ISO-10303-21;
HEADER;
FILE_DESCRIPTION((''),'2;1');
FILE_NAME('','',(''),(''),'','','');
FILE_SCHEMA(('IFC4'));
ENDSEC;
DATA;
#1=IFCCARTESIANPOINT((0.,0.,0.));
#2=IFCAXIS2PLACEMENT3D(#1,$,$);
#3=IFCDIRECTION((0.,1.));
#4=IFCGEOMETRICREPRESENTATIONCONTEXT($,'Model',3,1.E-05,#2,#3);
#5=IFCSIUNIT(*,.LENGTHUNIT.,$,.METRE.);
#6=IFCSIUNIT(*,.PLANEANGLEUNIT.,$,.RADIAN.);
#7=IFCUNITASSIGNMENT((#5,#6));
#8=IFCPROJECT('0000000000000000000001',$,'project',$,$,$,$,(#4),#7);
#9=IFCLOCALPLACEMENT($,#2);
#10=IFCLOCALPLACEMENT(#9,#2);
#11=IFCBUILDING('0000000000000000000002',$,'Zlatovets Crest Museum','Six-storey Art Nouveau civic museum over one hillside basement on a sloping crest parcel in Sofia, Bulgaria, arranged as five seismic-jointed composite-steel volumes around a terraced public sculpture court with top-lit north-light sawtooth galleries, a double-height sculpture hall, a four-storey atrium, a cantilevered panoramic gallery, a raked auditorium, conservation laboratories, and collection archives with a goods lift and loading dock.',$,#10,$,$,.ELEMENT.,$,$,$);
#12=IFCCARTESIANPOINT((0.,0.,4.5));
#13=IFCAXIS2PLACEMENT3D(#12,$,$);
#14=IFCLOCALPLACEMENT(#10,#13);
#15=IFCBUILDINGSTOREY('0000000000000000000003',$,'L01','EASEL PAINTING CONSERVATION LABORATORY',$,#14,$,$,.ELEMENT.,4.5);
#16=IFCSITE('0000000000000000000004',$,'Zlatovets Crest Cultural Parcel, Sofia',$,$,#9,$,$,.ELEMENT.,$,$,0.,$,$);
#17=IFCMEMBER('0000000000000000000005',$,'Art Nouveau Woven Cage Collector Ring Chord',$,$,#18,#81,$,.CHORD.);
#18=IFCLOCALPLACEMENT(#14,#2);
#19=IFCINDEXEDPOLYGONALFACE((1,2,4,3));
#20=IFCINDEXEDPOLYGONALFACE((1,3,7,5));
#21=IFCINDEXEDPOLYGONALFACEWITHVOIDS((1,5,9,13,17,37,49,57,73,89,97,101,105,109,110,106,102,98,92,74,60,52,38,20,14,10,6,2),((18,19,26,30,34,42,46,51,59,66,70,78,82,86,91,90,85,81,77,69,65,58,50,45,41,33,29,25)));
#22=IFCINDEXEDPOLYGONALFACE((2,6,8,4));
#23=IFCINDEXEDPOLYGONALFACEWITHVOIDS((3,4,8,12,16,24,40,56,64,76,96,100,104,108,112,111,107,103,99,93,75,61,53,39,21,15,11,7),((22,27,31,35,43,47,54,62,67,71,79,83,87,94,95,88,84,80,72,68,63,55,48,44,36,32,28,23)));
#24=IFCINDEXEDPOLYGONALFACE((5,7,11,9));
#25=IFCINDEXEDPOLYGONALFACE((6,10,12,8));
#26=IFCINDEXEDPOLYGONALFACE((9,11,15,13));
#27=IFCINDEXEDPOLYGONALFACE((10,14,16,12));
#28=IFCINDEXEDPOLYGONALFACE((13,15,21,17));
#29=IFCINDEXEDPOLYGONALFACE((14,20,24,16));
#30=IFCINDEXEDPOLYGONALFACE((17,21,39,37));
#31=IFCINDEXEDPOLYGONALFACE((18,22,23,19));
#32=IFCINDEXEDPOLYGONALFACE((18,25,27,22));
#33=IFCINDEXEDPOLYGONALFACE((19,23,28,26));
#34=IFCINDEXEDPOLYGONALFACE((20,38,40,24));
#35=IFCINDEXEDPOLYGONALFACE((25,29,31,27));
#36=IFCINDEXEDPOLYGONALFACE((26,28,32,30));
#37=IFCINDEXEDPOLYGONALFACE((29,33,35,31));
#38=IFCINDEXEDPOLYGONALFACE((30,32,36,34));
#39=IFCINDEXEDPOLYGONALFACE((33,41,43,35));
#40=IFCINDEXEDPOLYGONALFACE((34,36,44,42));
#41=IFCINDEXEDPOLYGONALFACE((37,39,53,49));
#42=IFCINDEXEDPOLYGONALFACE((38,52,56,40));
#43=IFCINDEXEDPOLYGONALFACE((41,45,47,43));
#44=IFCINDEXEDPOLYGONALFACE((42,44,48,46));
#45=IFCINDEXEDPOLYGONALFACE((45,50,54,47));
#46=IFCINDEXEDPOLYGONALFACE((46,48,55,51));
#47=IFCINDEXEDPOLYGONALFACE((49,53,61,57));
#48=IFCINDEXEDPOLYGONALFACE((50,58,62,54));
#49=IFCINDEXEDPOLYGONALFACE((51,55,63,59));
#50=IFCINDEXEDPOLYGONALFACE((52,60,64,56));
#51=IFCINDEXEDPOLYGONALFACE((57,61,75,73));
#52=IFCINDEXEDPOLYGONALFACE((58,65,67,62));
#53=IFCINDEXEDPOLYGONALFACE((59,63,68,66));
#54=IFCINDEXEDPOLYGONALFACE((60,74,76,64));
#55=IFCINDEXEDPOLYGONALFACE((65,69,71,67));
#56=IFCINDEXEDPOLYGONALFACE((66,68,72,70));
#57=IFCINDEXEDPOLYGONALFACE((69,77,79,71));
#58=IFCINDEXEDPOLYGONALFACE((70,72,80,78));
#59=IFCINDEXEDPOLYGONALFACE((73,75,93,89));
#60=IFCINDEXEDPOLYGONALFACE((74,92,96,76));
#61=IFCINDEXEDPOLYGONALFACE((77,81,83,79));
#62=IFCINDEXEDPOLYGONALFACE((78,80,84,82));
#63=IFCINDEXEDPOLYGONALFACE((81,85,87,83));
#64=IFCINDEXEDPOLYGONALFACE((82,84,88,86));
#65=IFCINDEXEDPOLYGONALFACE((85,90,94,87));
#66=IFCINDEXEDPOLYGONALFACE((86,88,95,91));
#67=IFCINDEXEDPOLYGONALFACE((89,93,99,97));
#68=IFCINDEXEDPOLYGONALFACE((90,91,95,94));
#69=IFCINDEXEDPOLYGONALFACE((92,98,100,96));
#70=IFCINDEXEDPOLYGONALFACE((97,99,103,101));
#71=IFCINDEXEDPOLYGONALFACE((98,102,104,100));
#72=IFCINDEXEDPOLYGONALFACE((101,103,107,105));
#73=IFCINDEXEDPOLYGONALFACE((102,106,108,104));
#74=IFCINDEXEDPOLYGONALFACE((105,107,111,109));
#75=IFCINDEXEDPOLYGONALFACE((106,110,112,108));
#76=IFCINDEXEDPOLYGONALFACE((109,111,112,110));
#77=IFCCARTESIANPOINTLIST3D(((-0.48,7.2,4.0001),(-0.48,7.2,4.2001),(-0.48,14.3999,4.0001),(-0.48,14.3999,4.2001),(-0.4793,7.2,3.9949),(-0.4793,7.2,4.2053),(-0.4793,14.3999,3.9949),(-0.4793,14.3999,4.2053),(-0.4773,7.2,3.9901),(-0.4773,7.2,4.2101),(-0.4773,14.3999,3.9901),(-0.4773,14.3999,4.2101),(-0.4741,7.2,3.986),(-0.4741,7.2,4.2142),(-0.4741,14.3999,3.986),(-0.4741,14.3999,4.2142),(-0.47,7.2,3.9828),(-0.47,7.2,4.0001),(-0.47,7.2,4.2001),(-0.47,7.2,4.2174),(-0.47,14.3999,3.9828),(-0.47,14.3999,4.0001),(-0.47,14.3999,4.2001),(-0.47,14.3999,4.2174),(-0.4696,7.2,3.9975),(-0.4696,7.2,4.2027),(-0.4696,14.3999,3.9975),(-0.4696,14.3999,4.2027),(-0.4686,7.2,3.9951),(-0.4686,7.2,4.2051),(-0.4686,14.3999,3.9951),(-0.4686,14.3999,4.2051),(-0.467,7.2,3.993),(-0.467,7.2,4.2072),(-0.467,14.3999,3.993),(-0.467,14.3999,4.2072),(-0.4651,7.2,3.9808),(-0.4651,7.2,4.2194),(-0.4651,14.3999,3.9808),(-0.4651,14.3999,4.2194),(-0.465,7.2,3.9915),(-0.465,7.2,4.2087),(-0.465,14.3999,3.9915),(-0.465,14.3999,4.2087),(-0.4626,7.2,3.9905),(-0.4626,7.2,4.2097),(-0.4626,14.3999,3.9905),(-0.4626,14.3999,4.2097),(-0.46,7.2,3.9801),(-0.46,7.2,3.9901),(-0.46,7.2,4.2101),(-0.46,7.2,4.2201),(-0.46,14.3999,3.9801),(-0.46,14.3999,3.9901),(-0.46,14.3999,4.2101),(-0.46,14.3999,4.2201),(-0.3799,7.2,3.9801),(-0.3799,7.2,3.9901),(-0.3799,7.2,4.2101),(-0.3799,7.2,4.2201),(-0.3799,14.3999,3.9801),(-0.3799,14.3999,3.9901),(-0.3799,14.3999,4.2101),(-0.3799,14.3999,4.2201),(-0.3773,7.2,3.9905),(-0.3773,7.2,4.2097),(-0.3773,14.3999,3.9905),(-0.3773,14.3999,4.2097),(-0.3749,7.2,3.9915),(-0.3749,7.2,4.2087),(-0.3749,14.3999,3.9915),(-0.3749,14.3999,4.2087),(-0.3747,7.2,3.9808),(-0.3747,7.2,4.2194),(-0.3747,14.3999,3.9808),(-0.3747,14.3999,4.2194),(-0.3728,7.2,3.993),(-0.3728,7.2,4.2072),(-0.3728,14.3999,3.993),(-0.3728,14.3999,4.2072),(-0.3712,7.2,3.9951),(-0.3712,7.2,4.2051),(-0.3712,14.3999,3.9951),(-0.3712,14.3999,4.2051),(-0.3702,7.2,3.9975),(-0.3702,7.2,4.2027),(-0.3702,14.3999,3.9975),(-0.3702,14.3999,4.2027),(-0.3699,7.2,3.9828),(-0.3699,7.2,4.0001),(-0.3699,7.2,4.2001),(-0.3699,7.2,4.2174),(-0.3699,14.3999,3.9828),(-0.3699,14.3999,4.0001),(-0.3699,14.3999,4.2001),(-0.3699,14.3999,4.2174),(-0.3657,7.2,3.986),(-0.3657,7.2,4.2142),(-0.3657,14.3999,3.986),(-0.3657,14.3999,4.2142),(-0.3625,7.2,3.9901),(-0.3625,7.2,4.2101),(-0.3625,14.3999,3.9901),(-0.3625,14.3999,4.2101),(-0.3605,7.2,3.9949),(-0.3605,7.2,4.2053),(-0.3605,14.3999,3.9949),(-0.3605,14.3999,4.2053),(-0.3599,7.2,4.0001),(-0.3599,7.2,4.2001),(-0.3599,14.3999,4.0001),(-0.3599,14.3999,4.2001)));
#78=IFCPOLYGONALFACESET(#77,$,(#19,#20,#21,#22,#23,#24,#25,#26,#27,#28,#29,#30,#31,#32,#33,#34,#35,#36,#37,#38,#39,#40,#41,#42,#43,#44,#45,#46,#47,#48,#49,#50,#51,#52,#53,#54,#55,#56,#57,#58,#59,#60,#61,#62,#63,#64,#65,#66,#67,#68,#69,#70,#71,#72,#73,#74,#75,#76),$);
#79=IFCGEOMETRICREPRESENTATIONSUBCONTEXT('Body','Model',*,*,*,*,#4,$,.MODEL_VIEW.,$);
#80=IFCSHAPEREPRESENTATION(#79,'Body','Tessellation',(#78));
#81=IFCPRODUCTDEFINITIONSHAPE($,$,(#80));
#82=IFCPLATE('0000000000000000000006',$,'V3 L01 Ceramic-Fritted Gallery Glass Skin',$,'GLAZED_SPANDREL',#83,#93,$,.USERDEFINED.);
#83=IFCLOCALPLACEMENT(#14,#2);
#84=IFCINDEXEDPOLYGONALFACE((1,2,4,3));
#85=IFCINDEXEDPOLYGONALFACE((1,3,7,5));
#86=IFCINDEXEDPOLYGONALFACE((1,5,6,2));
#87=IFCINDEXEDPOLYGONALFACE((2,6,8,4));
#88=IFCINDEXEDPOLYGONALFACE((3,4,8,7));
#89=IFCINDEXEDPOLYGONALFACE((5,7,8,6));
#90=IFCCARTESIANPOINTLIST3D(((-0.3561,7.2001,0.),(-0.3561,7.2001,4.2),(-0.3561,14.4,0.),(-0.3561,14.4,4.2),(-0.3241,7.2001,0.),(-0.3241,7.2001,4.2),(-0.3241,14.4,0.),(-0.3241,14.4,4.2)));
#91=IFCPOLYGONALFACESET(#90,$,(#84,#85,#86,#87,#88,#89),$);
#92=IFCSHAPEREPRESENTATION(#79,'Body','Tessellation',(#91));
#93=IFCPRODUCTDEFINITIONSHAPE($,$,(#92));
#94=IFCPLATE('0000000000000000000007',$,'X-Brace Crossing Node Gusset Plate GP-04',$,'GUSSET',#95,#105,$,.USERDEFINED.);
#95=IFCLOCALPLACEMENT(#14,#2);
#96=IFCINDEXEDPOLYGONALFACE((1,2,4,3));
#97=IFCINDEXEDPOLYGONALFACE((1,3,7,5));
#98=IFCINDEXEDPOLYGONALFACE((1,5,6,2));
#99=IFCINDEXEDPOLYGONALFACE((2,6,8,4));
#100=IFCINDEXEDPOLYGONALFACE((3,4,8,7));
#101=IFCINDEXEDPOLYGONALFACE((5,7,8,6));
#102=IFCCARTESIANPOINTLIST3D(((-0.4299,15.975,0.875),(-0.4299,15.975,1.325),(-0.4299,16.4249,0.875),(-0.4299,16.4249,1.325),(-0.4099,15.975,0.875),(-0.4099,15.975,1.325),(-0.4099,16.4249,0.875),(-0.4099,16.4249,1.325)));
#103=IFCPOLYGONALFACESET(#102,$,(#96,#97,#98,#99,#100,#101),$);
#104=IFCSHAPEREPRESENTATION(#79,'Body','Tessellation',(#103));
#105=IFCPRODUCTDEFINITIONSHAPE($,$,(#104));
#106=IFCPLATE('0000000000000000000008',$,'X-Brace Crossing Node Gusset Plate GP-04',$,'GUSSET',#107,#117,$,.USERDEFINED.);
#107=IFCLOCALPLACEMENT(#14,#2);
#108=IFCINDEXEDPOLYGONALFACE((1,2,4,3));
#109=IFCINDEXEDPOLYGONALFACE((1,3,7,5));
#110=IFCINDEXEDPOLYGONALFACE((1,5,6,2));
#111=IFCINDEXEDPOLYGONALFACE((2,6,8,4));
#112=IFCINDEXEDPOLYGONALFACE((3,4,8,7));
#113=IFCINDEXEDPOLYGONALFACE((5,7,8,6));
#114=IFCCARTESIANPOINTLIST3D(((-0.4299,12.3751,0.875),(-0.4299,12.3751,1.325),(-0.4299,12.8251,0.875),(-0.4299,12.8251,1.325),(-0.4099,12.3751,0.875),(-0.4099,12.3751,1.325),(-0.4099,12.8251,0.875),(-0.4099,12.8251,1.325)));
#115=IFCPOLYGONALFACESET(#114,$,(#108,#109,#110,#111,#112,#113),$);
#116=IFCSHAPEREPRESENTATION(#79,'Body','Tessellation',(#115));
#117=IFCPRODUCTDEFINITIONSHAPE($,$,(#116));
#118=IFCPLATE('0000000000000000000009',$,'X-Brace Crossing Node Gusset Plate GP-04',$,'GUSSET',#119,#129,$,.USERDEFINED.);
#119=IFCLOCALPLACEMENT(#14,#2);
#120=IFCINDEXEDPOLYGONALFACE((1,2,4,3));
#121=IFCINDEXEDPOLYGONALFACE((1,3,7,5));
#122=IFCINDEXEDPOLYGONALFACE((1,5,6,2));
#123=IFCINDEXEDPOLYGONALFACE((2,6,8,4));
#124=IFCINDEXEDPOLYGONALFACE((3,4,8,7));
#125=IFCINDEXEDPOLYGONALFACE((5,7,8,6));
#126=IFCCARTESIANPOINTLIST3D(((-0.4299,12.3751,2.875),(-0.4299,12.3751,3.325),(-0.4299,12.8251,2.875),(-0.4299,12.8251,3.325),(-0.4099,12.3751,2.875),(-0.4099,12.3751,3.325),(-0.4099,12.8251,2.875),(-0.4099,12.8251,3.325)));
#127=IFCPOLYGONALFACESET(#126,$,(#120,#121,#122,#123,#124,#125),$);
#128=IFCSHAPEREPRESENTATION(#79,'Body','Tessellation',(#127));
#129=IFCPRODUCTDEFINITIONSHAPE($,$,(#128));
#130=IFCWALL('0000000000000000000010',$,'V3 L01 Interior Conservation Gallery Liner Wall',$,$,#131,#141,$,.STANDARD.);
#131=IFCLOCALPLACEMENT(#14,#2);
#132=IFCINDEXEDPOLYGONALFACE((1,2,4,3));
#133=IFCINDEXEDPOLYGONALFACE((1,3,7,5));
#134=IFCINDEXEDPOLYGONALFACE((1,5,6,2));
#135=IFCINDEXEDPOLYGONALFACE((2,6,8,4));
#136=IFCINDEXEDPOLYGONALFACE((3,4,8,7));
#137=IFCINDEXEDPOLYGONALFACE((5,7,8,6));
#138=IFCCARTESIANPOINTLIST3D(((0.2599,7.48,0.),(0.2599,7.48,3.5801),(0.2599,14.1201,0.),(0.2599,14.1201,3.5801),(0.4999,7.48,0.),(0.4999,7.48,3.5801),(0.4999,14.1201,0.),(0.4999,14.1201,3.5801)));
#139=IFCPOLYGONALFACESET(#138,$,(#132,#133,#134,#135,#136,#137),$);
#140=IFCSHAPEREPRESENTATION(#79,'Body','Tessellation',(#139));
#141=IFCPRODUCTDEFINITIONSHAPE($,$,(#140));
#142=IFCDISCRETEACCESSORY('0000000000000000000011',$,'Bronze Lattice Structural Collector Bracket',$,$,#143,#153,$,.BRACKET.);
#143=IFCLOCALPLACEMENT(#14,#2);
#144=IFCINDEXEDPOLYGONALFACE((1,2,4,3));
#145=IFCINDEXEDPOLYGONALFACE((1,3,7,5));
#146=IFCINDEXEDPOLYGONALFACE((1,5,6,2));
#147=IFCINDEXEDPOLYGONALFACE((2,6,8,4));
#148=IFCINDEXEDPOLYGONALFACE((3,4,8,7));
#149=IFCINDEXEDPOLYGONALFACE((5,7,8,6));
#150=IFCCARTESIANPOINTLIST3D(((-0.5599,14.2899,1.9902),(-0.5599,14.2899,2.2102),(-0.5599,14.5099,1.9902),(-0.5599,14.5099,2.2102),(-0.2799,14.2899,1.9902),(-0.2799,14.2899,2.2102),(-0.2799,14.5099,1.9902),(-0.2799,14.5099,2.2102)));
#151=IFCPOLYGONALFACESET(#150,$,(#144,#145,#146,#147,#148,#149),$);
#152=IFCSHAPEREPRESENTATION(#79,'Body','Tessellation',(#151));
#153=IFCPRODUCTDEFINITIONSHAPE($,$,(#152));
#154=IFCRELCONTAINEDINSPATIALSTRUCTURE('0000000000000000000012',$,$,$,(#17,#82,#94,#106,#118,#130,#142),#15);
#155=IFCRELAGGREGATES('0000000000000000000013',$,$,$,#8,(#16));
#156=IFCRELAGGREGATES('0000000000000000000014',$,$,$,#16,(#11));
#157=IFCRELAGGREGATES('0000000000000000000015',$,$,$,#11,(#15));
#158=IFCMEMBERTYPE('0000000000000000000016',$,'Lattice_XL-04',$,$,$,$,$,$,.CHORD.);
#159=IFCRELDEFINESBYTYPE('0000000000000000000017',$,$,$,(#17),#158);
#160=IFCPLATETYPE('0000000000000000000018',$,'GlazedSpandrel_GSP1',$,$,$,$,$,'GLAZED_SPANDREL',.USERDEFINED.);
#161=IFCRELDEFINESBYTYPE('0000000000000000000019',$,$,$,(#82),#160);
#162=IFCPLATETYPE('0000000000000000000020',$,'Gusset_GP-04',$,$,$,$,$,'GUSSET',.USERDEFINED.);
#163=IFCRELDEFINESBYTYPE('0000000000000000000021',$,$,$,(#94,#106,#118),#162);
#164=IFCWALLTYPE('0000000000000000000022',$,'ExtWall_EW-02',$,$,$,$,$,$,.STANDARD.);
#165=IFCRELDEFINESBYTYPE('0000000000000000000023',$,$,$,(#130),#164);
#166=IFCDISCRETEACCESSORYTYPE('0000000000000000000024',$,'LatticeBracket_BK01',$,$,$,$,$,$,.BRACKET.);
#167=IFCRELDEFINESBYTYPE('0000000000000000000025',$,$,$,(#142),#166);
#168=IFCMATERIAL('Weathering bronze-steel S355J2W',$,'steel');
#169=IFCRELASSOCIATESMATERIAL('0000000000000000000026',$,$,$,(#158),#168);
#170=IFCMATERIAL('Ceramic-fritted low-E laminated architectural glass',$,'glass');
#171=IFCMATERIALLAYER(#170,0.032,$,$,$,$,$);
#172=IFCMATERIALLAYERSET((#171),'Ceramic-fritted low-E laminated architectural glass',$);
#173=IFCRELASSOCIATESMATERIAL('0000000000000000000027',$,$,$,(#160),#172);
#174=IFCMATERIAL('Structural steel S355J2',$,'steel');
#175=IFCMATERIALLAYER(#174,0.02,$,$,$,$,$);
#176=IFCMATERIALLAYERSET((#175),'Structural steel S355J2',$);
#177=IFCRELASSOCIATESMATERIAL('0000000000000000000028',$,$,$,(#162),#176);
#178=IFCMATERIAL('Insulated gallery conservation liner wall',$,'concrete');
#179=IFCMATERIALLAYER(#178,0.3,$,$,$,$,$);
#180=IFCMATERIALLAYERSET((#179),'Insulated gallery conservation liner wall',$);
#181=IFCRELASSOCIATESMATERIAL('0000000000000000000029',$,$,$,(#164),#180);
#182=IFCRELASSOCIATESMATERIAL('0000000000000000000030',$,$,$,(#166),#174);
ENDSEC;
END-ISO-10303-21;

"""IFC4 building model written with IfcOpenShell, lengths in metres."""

from ifc_helpers import new_model, si_unit, direction, frame, frame_2d, origin, origin_2d, place, context, subcontext, project, spatial, rectangle, hollow_rectangle, extrude, material, layer, layer_set, material_profile, profile_set, type_object, element, save


model = new_model("IFC4")

# Units and contexts
model_context = context("Model", 3, precision=1e-05, world=origin(), true_north=direction((0.0, 1.0)))
body_context = subcontext(model_context, "Body", "Model", "MODEL_VIEW")
ifc_project = project(units=[si_unit("LENGTHUNIT", "METRE"), si_unit("PLANEANGLEUNIT", "RADIAN")], contexts=[model_context])

# Site, building, storey
site_placement = place(None, origin())
site = spatial("IfcSite", under=ifc_project, at=site_placement, Name="Zlatovets Crest Cultural Parcel, Sofia", CompositionType="ELEMENT", RefElevation=0.0)
building_placement = place(site_placement, origin())
building = spatial("IfcBuilding", under=site, at=building_placement, Name="Zlatovets Crest Museum", Description="Six-storey Art Nouveau civic museum over one hillside basement on a sloping crest parcel in Sofia, Bulgaria, arranged as five seismic-jointed composite-steel volumes around a terraced public sculpture court with top-lit north-light sawtooth galleries, a double-height sculpture hall, a four-storey atrium, a cantilevered panoramic gallery, a raked auditorium, conservation laboratories, and collection archives with a goods lift and loading dock.", CompositionType="ELEMENT")
storey_placement = place(building_placement, frame((0.0, 0.0, 4.5)))
storey = spatial("IfcBuildingStorey", under=building, at=storey_placement, Name="L01", Description="EASEL PAINTING CONSERVATION LABORATORY", CompositionType="ELEMENT", Elevation=4.5)

# Shared definitions
ifc_material_1 = material(Name="Structural steel S355J2", Category="steel")

# Member
ifc_material_2 = material(Name="Weathering bronze-steel S355J2W", Category="steel")
ifc_material_profile_1 = material_profile(ifc_material_2, hollow_rectangle(XDim=0.1201, YDim=0.24, WallThickness=0.01, InnerFilletRadius=0.01, OuterFilletRadius=0.02, at=origin_2d()), Name="RHS 120x240x10.0")
ifc_profile_set_1 = profile_set([ifc_material_profile_1], Name="Weathering bronze-steel S355J2W")
member_type_1 = type_object("IfcMemberType", Name="Lattice_XL-04", PredefinedType="CHORD", material=ifc_profile_set_1)
member_1_placement = place(storey_placement, frame((-0.4199, 14.3999, 4.1001), z_axis=(0.0, -1.0, 0.0), x_axis=(1.0, 0.0, 0.0)))
element("IfcMember", 1, at=member_1_placement, inside=storey, type_object=member_type_1, Name="Art Nouveau Woven Cage Collector Ring Chord", PredefinedType="CHORD", context=body_context, shape_type="SweptSolid", body=[
    extrude(hollow_rectangle(XDim=0.1201, YDim=0.24, WallThickness=0.01, InnerFilletRadius=0.01, OuterFilletRadius=0.02, at=origin_2d()), origin(), (0.0, 0.0, 1.0), 7.2),
])

# Plates
ifc_material_3 = material(Name="Ceramic-fritted low-E laminated architectural glass", Category="glass")
ifc_layer_1 = layer(ifc_material_3, 0.032)
ifc_layer_set_1 = layer_set([ifc_layer_1], Name="Ceramic-fritted low-E laminated architectural glass")
plate_type_1 = type_object("IfcPlateType", Name="GlazedSpandrel_GSP1", ElementType="GLAZED_SPANDREL", PredefinedType="USERDEFINED", material=ifc_layer_set_1)
plate_placement = place(storey_placement, frame((-0.3401, 10.8, 0.0), z_axis=(0.0, 0.0, 1.0), x_axis=(0.0, 1.0, 0.0)))
element("IfcPlate", 2, at=plate_placement, inside=storey, type_object=plate_type_1, Name="V3 L01 Ceramic-Fritted Gallery Glass Skin", ObjectType="GLAZED_SPANDREL", PredefinedType="USERDEFINED", context=body_context, shape_type="SweptSolid", body=[
    extrude(rectangle(XDim=7.2, YDim=0.032, at=origin_2d()), origin(), (0.0, 0.0, 1.0), 4.2),
])
ifc_layer_2 = layer(ifc_material_1, 0.02)
ifc_layer_set_2 = layer_set([ifc_layer_2], Name="Structural steel S355J2")
plate_type_2 = type_object("IfcPlateType", Name="Gusset_GP-04", ElementType="GUSSET", PredefinedType="USERDEFINED", material=ifc_layer_set_2)
for number, where, z_axis, x_axis, name in (
    (3, (-0.4199, 16.2, 0.875), (0.0, 0.0, 1.0), (1.0, 0.0, 0.0), "X-Brace Crossing Node Gusset Plate GP-04"),
    (4, (-0.4199, 12.6001, 0.875), (0.0, 0.0, 1.0), (1.0, 0.0, 0.0), "X-Brace Crossing Node Gusset Plate GP-04"),
    (5, (-0.4199, 12.6001, 2.875), (0.0, 0.0, 1.0), (1.0, 0.0, 0.0), "X-Brace Crossing Node Gusset Plate GP-04"),
):
    element("IfcPlate", number, at=place(storey_placement, frame(where, z_axis=z_axis, x_axis=x_axis)), inside=storey, type_object=plate_type_2, Name=name, ObjectType="GUSSET", PredefinedType="USERDEFINED", context=body_context, shape_type="SweptSolid", body=[
        extrude(rectangle(XDim=0.02, YDim=0.45, at=origin_2d()), origin(), (0.0, 0.0, 1.0), 0.45),
    ])

# Wall
ifc_material_4 = material(Name="Insulated gallery conservation liner wall", Category="concrete")
ifc_layer_3 = layer(ifc_material_4, 0.3)
ifc_layer_set_3 = layer_set([ifc_layer_3], Name="Insulated gallery conservation liner wall")
wall_type = type_object("IfcWallType", Name="ExtWall_EW-02", PredefinedType="STANDARD", material=ifc_layer_set_3)
wall_placement = place(storey_placement, frame((0.3799, 14.1201, 0.0), z_axis=(0.0, 0.0, 1.0), x_axis=(0.0, -1.0, 0.0)))
element("IfcWall", 6, at=wall_placement, inside=storey, type_object=wall_type, Name="V3 L01 Interior Conservation Gallery Liner Wall", PredefinedType="STANDARD", context=body_context, shape_type="SweptSolid", body=[
    extrude(rectangle(XDim=6.6401, YDim=0.24, at=frame_2d((3.3201, 0.0))), origin(), (0.0, 0.0, 1.0), 3.5801),
])

# Discrete accessory
discrete_accessory_type = type_object("IfcDiscreteAccessoryType", Name="LatticeBracket_BK01", PredefinedType="BRACKET", material=ifc_material_1)
discrete_accessory_placement = place(storey_placement, frame((-0.4199, 14.3999, 1.9902), z_axis=(0.0, 0.0, 1.0), x_axis=(1.0, 0.0, 0.0)))
element("IfcDiscreteAccessory", 7, at=discrete_accessory_placement, inside=storey, type_object=discrete_accessory_type, Name="Bronze Lattice Structural Collector Bracket", PredefinedType="BRACKET", context=body_context, shape_type="SweptSolid", body=[
    extrude(rectangle(XDim=0.28, YDim=0.22, at=origin_2d()), origin(), (0.0, 0.0, 1.0), 0.22),
])

save(model, "model.ifc")
